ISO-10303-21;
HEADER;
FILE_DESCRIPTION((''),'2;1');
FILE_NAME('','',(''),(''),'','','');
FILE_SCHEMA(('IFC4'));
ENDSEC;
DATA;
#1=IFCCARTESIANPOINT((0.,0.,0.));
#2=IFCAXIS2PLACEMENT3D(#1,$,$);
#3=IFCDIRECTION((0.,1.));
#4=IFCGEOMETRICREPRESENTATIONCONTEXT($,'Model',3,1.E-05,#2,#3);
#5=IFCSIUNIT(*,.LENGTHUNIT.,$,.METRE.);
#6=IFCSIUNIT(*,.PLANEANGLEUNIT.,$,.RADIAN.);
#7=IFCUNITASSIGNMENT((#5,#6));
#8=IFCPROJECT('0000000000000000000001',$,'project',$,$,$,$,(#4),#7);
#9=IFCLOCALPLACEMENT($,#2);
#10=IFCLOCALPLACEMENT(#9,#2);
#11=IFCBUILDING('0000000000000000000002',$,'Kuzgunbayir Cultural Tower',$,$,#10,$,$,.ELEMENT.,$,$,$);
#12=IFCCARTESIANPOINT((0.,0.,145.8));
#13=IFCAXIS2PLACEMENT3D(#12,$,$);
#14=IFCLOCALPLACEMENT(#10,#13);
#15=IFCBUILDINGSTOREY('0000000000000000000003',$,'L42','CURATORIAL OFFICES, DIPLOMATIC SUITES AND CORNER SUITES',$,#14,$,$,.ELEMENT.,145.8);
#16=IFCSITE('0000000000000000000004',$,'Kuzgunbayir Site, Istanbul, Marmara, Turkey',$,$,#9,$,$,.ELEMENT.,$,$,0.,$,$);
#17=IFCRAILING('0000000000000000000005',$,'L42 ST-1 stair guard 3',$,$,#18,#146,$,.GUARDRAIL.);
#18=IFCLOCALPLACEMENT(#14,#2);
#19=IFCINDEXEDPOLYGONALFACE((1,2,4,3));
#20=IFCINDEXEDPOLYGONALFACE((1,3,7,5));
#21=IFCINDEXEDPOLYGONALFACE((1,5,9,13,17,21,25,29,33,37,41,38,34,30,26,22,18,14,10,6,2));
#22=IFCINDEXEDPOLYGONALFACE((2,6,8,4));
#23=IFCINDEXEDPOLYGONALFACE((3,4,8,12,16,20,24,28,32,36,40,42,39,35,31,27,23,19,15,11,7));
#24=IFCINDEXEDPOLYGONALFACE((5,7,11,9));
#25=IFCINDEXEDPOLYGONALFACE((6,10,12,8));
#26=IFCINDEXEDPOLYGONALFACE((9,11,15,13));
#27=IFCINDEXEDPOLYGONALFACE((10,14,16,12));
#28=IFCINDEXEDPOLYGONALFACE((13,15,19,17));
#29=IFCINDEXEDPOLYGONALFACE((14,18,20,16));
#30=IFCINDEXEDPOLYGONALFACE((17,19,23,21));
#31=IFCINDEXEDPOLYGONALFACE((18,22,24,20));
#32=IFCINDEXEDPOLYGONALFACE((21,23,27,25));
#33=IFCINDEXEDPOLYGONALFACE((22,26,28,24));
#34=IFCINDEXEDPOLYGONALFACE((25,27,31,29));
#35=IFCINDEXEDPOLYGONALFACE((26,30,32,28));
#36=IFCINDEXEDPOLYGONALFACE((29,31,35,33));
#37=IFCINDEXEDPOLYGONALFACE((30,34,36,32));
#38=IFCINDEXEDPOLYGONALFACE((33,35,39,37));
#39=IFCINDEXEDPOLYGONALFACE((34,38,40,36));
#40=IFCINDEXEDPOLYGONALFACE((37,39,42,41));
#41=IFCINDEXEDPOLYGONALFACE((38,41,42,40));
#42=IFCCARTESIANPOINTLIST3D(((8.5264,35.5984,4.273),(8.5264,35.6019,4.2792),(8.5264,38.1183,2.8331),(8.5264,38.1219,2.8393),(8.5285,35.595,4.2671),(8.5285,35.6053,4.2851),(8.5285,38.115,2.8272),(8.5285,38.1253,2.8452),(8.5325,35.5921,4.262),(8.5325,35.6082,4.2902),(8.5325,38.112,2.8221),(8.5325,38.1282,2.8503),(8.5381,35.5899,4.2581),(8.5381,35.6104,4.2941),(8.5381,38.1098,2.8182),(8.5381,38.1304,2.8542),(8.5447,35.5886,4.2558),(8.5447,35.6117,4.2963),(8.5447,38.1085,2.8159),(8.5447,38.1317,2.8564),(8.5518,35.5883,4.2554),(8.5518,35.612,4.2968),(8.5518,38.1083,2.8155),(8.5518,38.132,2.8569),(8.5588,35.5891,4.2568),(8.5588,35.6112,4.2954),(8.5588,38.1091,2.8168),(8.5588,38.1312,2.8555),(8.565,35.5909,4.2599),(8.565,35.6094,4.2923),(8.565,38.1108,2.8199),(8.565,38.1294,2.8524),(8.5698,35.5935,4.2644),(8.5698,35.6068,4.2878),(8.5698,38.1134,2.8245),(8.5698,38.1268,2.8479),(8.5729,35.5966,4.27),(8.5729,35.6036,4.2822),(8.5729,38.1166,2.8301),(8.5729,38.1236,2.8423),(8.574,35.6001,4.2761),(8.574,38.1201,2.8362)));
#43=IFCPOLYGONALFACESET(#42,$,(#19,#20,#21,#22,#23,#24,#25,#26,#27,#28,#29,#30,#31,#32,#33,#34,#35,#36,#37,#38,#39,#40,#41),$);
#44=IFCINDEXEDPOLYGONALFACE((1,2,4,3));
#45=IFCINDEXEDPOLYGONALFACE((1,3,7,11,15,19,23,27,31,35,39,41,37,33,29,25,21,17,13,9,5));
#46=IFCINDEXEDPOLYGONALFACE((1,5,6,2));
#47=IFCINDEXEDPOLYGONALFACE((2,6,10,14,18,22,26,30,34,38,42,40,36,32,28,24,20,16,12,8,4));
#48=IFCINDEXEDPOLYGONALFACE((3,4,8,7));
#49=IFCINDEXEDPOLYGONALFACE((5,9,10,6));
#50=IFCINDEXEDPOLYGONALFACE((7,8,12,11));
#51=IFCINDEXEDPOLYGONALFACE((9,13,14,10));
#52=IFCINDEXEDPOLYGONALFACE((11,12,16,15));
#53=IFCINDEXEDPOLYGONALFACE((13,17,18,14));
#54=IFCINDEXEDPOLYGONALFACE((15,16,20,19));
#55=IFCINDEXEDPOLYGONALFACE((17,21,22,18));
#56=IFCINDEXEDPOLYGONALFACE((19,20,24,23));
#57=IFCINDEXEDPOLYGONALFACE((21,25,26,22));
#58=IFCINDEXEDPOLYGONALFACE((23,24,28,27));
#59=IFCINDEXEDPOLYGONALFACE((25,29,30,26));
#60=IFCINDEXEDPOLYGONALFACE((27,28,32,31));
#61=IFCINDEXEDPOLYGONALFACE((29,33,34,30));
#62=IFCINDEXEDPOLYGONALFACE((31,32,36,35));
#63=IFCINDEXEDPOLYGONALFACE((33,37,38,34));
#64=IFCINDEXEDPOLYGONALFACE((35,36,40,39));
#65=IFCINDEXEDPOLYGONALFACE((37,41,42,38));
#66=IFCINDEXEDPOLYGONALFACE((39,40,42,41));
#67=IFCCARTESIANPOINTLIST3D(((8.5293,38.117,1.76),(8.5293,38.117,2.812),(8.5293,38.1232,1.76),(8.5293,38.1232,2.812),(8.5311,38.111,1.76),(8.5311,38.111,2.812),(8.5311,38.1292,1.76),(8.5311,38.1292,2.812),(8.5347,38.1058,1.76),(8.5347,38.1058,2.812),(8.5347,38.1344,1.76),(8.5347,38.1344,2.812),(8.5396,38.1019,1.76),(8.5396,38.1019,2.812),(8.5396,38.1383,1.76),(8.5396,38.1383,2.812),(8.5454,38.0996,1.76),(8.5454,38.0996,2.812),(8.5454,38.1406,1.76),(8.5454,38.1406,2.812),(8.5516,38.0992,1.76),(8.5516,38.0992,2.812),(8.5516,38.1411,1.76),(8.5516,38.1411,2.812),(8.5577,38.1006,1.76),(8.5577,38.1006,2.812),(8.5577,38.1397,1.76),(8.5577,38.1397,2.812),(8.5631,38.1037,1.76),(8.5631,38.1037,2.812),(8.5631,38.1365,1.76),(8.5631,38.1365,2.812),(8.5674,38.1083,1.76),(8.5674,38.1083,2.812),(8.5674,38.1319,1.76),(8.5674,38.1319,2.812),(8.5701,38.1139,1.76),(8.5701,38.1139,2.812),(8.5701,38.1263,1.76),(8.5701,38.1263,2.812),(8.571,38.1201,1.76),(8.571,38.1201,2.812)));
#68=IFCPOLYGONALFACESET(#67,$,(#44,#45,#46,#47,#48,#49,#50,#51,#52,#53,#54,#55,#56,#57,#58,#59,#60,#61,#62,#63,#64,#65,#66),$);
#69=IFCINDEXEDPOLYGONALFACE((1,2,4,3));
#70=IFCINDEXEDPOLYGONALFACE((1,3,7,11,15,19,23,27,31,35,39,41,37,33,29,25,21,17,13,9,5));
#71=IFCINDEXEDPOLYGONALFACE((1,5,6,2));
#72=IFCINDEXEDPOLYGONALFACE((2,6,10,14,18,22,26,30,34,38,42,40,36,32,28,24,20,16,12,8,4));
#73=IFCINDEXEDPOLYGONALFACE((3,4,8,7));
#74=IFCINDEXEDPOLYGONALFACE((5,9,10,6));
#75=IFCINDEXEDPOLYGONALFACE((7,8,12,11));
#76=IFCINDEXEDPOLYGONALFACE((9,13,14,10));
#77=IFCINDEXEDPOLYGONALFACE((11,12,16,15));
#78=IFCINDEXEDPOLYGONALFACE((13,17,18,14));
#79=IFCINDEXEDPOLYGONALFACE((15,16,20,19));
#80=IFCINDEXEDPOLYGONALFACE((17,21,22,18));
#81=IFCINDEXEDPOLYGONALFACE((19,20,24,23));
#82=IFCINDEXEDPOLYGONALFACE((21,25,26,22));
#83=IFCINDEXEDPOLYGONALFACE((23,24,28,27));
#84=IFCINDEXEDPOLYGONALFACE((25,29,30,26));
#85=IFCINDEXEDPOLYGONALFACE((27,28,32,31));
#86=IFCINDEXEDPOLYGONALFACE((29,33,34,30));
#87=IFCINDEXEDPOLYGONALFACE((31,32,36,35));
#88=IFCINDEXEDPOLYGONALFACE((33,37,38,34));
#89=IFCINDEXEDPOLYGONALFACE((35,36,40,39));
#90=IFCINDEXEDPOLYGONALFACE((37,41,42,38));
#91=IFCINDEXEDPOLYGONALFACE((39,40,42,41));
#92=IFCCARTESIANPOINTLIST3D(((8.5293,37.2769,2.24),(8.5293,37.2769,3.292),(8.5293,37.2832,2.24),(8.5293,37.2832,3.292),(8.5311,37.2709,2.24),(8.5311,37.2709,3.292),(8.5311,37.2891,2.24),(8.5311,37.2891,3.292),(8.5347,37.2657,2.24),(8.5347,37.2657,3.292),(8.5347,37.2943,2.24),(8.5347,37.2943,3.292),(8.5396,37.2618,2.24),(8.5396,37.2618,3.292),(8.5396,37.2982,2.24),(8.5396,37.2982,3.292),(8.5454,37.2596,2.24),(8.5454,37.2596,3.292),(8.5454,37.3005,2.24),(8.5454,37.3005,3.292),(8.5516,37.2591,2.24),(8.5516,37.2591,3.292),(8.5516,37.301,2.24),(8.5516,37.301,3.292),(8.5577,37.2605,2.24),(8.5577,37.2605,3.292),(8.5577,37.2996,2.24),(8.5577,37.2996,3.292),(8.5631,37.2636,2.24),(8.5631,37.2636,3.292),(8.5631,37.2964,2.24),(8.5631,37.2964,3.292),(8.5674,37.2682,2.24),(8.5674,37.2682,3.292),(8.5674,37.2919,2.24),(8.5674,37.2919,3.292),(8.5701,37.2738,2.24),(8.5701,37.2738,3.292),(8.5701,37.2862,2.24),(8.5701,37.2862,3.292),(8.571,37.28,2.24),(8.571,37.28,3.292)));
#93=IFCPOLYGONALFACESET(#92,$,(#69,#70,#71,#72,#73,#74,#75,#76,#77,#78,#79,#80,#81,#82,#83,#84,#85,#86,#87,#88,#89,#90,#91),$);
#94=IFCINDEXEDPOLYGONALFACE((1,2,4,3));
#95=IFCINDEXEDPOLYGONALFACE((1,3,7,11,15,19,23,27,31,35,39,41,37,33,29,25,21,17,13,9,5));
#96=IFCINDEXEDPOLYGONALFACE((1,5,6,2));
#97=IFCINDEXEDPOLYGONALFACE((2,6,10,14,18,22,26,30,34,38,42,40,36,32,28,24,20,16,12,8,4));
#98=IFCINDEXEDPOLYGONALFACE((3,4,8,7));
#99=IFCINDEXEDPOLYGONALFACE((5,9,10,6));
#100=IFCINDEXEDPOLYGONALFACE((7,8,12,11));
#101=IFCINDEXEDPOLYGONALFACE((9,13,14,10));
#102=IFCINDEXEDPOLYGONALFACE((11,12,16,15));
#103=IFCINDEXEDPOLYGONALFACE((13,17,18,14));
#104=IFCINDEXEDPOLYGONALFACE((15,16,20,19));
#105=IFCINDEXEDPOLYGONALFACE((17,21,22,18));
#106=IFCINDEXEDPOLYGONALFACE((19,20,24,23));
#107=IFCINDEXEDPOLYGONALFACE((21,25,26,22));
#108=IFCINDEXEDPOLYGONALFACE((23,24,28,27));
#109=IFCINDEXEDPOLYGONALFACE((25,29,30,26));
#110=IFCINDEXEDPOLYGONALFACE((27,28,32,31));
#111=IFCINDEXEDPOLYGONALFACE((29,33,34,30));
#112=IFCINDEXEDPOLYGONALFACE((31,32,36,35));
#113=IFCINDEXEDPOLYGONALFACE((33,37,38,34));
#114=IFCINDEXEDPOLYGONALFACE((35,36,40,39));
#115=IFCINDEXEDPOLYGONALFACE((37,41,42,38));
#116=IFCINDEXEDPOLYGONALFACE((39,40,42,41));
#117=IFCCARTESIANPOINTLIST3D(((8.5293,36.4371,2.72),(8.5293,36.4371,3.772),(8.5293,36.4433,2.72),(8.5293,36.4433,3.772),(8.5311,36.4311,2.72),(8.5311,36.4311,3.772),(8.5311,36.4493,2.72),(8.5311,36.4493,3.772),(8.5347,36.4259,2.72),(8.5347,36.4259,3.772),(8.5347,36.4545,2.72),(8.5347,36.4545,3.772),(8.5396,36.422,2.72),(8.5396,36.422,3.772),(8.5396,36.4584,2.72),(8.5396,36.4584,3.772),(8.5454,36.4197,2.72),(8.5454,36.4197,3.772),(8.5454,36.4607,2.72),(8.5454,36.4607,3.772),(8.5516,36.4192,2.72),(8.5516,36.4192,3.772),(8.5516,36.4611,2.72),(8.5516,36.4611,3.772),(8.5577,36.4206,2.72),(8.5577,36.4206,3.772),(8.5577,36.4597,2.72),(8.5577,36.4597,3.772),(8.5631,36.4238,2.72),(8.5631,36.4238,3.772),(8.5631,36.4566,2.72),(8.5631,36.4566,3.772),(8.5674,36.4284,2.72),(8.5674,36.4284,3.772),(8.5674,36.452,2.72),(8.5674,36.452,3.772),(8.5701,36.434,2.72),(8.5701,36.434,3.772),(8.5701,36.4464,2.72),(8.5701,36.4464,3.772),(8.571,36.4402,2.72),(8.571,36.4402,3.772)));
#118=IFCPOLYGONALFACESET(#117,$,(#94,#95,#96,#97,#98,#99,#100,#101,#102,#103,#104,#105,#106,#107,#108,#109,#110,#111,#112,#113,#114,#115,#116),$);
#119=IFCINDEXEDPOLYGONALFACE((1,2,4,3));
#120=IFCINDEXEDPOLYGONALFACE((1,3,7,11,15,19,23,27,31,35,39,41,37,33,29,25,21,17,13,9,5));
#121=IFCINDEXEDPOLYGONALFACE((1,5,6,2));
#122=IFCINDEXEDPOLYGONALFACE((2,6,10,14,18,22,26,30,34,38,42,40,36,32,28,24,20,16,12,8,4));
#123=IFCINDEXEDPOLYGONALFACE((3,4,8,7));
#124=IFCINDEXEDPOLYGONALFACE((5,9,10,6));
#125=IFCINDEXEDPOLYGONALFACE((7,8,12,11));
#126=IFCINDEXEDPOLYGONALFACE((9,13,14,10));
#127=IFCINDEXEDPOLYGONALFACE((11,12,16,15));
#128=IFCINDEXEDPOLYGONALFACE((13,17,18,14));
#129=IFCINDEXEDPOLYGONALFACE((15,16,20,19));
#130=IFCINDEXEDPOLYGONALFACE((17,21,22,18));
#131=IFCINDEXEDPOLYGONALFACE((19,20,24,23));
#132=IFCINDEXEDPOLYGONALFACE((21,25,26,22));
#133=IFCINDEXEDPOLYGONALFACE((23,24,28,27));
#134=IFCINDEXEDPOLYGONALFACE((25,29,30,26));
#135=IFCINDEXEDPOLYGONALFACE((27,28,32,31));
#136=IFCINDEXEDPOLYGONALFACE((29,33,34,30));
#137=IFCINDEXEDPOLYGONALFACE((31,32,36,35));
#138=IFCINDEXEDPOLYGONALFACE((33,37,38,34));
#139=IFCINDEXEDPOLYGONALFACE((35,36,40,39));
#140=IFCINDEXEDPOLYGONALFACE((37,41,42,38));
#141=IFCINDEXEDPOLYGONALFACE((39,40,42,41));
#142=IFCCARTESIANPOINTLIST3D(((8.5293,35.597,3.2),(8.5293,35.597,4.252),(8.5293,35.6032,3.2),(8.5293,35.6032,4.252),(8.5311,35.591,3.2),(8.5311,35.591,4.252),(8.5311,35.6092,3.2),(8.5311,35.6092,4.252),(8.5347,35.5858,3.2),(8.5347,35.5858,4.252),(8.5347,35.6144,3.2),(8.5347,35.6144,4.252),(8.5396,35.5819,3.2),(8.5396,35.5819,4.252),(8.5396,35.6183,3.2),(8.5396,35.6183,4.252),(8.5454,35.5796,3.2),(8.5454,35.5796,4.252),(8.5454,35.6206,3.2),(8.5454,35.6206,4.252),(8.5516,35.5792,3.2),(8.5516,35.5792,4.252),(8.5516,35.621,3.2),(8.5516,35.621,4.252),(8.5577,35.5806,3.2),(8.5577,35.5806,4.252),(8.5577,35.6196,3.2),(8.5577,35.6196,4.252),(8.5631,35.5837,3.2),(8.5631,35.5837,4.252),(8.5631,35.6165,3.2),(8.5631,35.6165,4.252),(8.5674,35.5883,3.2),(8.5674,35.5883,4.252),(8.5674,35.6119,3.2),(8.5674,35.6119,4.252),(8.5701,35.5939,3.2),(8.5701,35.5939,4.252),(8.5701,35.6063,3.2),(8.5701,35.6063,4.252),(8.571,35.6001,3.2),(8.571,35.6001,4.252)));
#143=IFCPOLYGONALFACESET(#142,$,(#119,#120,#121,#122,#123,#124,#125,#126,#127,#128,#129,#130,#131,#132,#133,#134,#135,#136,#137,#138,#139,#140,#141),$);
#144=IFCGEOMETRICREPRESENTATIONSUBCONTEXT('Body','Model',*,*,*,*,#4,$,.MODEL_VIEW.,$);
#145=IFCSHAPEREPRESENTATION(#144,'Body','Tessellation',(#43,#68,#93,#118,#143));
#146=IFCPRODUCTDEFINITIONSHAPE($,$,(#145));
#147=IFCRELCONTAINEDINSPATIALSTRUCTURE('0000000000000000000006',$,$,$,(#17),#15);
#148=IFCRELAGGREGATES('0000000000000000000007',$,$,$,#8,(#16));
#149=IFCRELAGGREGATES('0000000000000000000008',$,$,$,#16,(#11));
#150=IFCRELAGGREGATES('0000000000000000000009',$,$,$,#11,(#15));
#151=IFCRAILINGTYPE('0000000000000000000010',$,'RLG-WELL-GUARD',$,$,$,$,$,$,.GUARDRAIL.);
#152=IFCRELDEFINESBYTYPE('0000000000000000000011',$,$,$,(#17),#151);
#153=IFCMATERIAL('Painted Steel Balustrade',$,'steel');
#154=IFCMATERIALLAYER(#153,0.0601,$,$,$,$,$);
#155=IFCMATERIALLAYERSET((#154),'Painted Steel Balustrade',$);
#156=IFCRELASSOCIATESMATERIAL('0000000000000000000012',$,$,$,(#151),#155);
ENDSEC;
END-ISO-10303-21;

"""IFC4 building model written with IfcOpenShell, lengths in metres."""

from ifc_helpers import new_model, si_unit, direction, frame, origin, origin_2d, place, context, subcontext, project, spatial, circle, extrude, material, layer, layer_set, type_object, element, save


model = new_model("IFC4")

# Units and contexts
model_context = context("Model", 3, precision=1e-05, world=origin(), true_north=direction((0.0, 1.0)))
body_context = subcontext(model_context, "Body", "Model", "MODEL_VIEW")
ifc_project = project(units=[si_unit("LENGTHUNIT", "METRE"), si_unit("PLANEANGLEUNIT", "RADIAN")], contexts=[model_context])

# Site, building, storey
site_placement = place(None, origin())
site = spatial("IfcSite", under=ifc_project, at=site_placement, Name="Kuzgunbayir Site, Istanbul, Marmara, Turkey", CompositionType="ELEMENT", RefElevation=0.0)
building_placement = place(site_placement, origin())
building = spatial("IfcBuilding", under=site, at=building_placement, Name="Kuzgunbayir Cultural Tower", CompositionType="ELEMENT")
storey_placement = place(building_placement, frame((0.0, 0.0, 145.8)))
storey = spatial("IfcBuildingStorey", under=building, at=storey_placement, Name="L42", Description="CURATORIAL OFFICES, DIPLOMATIC SUITES AND CORNER SUITES", CompositionType="ELEMENT", Elevation=145.8)

# Railing
ifc_material_1 = material(Name="Painted Steel Balustrade", Category="steel")
ifc_layer_1 = layer(ifc_material_1, 0.0601)
ifc_layer_set_1 = layer_set([ifc_layer_1], Name="Painted Steel Balustrade")
railing_type_1 = type_object("IfcRailingType", Name="RLG-WELL-GUARD", PredefinedType="GUARDRAIL", material=ifc_layer_set_1)
railing_1_placement = place(storey_placement, frame((8.55, 38.1201, 1.76)))
element("IfcRailing", 1, at=railing_1_placement, inside=storey, type_object=railing_type_1, Name="L42 ST-1 stair guard 3", PredefinedType="GUARDRAIL", context=body_context, shape_type="SweptSolid", body=[
    extrude(circle(Radius=0.0239, at=origin_2d()), frame((0.0, 0.0, 1.0762), z_axis=(0.0, -0.868253, 0.496121), x_axis=(1.0, 0.0, 0.0)), (0.0, 0.0, 1.0), 2.9023),
    extrude(circle(Radius=0.021, at=origin_2d()), origin(), (0.0, 0.0, 1.0), 1.052),
    extrude(circle(Radius=0.021, at=origin_2d()), frame((0.0, -0.8401, 0.48)), (0.0, 0.0, 1.0), 1.052),
    extrude(circle(Radius=0.021, at=origin_2d()), frame((0.0, -1.6799, 0.96)), (0.0, 0.0, 1.0), 1.052),
    extrude(circle(Radius=0.021, at=origin_2d()), frame((0.0, -2.52, 1.4399)), (0.0, 0.0, 1.0), 1.052),
])

save(model, "model.ifc")
